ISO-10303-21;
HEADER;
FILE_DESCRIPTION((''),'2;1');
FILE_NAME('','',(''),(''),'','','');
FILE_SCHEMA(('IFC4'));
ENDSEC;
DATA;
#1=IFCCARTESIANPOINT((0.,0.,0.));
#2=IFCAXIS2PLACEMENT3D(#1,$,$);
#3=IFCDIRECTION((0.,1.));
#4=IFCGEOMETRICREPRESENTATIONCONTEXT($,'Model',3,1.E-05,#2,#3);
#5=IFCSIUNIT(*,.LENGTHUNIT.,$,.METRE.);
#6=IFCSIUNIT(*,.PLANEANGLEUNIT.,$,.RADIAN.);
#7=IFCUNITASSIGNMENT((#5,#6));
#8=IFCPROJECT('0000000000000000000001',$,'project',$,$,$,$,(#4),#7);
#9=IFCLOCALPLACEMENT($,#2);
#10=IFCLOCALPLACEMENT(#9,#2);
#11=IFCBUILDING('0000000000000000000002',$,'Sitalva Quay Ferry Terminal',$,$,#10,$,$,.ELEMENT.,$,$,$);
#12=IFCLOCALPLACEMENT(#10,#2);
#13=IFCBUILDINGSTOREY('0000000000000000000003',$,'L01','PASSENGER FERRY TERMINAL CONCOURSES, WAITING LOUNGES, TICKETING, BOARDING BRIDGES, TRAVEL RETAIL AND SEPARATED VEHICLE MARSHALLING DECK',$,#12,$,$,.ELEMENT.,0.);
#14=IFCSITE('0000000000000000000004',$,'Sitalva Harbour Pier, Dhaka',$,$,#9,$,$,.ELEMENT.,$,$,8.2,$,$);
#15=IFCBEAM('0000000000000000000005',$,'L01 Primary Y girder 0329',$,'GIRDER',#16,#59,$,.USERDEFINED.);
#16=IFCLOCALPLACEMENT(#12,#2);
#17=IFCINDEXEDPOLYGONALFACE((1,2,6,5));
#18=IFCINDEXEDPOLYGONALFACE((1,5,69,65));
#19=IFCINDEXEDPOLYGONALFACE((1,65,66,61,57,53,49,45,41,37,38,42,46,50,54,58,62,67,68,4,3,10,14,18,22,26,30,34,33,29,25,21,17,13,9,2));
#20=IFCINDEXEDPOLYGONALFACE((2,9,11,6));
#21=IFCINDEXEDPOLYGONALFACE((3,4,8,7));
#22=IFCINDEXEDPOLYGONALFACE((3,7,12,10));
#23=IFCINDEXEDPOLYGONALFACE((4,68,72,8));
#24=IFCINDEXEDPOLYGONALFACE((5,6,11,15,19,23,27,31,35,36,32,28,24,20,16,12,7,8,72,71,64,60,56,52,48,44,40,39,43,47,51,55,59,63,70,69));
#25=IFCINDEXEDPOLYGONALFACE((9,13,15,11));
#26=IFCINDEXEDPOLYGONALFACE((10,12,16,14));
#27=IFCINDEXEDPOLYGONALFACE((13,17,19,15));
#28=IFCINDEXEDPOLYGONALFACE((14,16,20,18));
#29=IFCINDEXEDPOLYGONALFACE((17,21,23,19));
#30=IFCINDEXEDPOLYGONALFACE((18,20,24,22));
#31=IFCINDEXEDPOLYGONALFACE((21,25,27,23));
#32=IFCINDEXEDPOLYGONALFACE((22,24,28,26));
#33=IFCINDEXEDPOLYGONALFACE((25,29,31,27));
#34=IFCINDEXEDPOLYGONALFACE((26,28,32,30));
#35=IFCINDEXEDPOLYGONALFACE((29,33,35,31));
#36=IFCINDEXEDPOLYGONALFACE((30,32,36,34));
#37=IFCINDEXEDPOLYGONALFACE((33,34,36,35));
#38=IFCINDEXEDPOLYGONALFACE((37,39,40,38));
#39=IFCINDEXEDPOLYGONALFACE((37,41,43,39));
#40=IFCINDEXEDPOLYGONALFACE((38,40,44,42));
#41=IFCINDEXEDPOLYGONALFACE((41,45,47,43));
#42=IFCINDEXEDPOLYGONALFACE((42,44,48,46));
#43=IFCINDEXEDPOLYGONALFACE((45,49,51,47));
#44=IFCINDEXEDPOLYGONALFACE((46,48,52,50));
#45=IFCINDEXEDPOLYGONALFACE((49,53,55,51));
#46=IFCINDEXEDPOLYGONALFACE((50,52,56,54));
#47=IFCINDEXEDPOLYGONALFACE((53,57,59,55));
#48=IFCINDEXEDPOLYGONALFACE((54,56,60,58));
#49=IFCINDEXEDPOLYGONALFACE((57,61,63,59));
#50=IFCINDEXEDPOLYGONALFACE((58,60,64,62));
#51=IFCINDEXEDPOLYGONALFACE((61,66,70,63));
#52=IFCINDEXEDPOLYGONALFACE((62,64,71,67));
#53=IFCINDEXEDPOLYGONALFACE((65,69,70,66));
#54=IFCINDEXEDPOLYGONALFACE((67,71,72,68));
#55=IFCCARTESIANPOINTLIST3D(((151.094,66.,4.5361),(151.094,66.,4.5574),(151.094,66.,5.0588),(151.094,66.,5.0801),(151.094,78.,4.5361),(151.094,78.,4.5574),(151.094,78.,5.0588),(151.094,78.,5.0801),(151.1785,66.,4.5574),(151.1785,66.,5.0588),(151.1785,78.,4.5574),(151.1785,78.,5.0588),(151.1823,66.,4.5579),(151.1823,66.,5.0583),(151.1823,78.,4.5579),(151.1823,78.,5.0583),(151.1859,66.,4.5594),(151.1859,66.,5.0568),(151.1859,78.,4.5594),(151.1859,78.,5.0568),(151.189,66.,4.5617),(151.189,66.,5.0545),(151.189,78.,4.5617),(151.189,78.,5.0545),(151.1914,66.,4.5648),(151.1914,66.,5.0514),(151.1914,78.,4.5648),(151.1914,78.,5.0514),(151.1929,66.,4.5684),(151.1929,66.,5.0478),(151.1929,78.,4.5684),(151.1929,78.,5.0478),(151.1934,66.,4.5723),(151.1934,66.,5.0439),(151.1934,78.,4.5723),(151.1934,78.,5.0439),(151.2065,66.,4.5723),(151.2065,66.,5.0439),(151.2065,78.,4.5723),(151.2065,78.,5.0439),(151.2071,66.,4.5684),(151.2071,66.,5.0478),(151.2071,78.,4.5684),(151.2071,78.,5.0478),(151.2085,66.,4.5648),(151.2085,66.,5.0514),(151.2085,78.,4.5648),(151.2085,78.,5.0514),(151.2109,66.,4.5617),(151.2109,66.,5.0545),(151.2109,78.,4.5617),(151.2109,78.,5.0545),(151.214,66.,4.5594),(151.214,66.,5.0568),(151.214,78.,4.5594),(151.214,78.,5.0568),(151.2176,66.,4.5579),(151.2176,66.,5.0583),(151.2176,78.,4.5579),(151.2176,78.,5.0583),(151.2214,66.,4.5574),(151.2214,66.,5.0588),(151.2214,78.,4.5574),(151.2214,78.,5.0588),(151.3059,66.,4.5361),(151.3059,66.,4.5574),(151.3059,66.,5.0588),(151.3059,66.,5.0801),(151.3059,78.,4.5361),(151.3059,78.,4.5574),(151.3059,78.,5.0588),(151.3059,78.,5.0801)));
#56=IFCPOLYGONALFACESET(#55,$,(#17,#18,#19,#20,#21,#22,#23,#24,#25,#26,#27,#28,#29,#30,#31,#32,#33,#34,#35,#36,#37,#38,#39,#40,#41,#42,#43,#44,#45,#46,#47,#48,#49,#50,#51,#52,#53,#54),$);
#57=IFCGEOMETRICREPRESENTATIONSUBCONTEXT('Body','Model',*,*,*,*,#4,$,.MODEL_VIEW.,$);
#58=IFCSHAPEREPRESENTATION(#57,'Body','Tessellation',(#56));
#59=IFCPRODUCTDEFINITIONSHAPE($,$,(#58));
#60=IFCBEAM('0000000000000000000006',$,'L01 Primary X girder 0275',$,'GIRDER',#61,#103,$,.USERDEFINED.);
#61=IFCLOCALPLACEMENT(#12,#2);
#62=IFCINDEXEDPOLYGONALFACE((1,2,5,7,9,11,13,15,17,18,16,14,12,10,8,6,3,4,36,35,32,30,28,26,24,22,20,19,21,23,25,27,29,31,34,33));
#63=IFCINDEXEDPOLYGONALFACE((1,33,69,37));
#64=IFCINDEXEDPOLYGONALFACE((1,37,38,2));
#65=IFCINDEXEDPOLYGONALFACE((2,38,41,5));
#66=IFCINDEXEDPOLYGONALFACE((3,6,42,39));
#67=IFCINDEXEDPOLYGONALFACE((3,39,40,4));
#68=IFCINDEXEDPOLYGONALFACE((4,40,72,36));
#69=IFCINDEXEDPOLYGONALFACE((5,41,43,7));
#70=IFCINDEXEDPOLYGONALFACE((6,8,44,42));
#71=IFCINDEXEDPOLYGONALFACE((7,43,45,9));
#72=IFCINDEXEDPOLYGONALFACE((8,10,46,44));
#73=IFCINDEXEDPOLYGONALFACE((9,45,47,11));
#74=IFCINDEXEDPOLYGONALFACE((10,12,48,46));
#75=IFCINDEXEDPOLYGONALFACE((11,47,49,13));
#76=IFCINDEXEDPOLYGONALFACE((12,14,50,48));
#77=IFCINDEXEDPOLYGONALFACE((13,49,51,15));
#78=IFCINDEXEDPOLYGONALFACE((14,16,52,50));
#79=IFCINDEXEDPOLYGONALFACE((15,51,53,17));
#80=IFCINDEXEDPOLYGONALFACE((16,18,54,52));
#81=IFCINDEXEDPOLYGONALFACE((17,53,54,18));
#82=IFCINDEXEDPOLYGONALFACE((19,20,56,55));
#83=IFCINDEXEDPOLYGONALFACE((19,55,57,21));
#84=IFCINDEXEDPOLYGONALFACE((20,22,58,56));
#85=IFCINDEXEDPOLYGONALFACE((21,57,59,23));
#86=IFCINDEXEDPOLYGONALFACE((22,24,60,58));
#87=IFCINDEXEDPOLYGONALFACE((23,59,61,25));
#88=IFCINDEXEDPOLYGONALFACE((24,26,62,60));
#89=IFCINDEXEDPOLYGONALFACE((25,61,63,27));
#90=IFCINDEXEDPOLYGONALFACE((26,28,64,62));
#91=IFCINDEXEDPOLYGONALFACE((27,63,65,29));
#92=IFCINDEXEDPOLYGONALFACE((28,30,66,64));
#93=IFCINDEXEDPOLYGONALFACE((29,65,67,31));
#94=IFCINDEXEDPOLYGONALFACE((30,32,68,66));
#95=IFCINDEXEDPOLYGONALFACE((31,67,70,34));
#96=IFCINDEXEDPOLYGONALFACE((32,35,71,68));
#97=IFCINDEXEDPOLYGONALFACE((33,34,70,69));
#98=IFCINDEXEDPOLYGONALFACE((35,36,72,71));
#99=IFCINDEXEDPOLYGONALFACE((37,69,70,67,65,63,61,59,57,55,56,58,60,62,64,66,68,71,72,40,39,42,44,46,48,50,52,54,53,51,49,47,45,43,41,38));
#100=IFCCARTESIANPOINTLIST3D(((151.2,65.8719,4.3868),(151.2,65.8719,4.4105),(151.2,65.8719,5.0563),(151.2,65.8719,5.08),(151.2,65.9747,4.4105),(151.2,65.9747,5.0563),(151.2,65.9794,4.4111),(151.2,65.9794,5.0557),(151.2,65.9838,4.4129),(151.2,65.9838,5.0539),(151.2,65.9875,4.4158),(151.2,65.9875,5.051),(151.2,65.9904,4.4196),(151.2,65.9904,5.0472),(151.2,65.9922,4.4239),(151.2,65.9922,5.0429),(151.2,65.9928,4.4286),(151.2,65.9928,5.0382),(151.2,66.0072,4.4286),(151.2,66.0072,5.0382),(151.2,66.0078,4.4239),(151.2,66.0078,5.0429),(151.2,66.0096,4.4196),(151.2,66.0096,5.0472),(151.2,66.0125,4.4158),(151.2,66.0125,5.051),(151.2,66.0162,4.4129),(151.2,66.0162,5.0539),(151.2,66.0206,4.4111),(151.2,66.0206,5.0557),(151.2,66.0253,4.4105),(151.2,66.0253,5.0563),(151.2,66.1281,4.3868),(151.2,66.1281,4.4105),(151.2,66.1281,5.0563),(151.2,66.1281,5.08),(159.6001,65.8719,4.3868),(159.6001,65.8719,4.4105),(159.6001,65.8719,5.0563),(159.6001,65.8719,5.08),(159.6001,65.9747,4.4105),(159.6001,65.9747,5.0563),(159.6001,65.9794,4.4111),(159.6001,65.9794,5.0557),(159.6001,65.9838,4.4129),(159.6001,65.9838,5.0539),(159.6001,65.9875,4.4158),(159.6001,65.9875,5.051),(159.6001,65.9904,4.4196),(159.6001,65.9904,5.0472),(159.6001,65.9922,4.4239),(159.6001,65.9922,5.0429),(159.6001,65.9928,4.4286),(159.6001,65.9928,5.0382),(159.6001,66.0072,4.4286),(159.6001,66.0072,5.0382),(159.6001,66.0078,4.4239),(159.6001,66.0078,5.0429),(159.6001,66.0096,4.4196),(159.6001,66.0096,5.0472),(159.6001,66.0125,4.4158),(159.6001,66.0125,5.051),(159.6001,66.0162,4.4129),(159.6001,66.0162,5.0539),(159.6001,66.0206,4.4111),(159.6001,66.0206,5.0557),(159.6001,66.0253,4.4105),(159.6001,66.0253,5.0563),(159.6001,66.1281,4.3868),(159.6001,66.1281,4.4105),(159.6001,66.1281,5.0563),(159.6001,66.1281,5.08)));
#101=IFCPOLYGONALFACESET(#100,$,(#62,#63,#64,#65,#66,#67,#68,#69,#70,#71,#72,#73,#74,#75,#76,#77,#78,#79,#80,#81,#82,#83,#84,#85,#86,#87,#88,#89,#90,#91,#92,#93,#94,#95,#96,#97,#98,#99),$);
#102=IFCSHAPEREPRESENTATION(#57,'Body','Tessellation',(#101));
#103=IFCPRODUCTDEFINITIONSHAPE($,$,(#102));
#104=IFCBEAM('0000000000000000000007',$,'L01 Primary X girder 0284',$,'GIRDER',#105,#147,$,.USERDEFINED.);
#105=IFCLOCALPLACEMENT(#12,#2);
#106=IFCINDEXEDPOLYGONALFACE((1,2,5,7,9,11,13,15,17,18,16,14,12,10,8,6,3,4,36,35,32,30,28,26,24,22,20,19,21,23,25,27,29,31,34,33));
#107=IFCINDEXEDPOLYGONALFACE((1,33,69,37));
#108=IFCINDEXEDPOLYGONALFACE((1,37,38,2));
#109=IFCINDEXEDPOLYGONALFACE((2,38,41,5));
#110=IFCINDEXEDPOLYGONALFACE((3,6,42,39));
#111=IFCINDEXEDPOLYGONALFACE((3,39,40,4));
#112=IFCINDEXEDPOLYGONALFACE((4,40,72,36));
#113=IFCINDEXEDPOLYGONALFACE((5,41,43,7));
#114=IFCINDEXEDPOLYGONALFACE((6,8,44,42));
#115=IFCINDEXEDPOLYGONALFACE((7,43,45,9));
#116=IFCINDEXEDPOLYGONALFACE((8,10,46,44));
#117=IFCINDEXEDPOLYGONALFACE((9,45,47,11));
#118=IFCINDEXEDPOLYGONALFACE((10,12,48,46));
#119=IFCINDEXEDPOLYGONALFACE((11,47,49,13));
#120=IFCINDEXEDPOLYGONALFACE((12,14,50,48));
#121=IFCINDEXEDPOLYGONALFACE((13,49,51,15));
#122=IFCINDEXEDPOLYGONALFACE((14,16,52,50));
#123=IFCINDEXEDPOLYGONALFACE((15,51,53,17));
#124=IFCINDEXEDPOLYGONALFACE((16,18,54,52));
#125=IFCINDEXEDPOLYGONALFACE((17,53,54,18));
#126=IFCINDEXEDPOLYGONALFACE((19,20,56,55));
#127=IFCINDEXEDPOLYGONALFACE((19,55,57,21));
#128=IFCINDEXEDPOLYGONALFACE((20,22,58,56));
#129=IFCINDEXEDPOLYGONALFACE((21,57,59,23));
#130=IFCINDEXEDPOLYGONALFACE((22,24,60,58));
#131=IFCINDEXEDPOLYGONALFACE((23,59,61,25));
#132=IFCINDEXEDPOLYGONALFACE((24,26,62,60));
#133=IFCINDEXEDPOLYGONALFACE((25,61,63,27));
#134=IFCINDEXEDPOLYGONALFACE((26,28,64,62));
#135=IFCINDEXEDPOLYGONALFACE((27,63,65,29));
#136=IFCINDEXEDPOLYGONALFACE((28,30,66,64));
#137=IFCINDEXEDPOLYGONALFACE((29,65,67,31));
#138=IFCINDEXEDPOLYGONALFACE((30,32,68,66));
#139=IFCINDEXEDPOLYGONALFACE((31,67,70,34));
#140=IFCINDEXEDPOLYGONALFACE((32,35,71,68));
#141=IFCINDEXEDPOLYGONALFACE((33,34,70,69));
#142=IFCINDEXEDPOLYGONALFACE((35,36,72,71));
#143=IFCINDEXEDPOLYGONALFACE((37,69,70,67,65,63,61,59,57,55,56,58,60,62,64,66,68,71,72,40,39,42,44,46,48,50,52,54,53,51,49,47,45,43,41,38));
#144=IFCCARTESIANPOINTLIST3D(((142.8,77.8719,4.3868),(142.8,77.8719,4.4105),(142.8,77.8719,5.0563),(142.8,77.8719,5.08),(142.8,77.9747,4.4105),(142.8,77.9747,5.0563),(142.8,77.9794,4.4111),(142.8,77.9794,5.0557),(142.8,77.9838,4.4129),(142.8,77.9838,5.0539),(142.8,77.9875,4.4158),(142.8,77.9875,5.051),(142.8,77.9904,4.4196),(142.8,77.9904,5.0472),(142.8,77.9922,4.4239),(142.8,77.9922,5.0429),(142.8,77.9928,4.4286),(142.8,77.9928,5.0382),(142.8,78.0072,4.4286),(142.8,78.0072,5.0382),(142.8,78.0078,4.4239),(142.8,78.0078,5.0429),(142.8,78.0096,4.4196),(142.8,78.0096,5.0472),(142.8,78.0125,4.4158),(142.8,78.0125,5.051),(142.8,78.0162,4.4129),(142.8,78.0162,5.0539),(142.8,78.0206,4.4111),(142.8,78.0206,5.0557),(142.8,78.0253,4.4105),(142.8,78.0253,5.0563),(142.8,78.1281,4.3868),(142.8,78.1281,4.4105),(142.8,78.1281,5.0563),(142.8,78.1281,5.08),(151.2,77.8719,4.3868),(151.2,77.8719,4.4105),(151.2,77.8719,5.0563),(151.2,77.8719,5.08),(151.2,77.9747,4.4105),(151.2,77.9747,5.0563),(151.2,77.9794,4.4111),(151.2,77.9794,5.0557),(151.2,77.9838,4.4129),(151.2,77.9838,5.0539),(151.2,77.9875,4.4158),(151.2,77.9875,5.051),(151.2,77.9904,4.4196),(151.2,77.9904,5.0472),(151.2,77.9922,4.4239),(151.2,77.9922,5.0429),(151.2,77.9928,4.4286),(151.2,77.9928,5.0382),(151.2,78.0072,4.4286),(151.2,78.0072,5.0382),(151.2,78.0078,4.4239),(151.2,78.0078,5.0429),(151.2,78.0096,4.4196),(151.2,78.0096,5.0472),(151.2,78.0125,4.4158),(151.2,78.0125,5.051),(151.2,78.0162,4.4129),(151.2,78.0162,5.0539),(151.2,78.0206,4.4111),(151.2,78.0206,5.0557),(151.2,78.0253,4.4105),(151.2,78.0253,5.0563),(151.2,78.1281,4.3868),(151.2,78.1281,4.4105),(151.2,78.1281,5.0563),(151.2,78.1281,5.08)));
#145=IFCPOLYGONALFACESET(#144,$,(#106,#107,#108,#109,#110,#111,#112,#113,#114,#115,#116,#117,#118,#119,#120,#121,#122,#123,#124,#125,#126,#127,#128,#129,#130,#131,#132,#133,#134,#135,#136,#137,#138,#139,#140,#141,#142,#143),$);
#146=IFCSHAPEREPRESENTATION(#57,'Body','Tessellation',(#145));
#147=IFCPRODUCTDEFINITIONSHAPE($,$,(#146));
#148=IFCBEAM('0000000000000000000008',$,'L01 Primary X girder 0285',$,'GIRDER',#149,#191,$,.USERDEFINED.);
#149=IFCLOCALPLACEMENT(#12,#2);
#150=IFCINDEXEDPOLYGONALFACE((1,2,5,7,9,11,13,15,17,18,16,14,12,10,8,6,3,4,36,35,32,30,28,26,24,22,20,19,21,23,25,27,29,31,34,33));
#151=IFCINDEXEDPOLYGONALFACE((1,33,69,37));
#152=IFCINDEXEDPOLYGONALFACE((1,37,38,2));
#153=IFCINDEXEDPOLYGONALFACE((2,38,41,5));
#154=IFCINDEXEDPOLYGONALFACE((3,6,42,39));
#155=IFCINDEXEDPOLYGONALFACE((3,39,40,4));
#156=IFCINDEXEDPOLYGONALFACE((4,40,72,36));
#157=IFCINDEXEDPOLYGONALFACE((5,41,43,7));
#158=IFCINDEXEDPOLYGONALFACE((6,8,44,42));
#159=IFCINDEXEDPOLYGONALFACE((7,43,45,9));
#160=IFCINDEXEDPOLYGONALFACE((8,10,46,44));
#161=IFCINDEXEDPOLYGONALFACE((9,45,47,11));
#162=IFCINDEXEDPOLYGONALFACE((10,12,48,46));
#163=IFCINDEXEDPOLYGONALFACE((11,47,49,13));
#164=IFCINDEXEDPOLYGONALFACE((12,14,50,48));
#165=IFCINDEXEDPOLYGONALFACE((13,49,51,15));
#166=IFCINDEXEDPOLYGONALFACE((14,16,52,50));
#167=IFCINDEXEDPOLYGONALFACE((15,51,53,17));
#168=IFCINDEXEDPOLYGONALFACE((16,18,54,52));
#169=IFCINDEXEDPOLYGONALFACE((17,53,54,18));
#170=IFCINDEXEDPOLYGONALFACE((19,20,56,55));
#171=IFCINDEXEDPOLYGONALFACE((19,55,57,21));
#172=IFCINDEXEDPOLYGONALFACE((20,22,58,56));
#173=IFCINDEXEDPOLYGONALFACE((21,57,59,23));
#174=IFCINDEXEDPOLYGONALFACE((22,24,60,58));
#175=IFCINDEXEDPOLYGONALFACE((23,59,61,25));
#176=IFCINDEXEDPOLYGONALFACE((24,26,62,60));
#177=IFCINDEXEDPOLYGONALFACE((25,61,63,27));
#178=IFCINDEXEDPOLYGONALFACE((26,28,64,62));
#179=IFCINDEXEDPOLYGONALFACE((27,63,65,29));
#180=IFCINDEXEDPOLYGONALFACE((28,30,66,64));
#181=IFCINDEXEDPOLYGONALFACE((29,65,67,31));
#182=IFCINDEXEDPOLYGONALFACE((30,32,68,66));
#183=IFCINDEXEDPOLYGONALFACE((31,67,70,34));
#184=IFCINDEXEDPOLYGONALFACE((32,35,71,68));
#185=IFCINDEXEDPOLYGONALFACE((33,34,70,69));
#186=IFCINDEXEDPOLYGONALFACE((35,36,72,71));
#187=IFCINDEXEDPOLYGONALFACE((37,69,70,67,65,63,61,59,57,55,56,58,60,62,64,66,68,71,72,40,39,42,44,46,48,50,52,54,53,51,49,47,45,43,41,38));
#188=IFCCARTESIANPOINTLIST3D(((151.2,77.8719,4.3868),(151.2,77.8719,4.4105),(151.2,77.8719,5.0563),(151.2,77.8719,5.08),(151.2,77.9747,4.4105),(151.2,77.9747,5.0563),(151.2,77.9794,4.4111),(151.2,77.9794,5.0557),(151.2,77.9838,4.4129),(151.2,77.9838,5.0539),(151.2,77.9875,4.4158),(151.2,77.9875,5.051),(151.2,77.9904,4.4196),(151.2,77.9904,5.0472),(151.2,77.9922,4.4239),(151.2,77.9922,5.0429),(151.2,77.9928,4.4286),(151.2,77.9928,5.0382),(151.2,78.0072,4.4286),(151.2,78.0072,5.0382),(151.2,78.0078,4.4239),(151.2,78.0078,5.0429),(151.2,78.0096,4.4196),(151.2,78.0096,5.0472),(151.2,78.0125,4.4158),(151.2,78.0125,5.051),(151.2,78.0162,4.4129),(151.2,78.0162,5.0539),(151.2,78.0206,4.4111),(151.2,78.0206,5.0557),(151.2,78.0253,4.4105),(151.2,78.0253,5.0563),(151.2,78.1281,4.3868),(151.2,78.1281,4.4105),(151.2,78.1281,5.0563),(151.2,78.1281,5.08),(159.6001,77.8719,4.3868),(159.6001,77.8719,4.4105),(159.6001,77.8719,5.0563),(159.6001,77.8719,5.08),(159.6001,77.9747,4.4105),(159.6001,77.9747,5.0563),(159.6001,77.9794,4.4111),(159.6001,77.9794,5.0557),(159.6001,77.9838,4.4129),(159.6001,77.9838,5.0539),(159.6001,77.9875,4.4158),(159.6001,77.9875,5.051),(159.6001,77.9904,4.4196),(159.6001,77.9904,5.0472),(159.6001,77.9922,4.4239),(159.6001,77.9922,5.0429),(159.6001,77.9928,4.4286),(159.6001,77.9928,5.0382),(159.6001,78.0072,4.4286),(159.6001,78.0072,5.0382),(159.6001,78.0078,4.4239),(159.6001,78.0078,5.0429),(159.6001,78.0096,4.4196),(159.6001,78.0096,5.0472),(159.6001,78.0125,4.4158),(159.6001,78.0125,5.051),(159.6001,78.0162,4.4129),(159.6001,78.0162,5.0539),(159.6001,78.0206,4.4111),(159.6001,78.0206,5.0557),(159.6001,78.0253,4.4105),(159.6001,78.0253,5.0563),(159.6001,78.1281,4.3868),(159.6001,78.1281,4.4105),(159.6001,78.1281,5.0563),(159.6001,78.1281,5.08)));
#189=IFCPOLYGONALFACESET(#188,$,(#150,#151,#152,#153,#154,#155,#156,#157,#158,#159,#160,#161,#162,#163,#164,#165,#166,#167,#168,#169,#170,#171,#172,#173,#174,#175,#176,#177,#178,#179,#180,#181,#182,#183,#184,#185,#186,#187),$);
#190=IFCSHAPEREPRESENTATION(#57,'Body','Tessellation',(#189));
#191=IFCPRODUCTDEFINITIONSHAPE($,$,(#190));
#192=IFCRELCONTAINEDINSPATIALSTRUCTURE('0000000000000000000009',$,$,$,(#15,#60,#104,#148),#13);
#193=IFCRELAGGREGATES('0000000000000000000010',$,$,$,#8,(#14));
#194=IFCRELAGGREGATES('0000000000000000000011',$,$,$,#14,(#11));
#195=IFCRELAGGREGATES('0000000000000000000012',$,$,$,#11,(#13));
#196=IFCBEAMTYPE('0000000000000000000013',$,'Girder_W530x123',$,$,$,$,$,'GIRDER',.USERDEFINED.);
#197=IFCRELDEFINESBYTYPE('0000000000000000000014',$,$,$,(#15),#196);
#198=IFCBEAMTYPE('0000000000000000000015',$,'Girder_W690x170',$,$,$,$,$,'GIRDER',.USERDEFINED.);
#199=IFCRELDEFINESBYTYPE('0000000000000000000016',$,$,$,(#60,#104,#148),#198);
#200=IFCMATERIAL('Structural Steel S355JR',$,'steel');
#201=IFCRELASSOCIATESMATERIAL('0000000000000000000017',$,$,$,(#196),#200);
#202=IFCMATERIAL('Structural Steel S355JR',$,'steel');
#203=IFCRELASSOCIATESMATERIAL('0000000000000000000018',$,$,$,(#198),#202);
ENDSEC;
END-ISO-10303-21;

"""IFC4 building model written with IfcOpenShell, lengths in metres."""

from ifc_helpers import new_model, si_unit, direction, frame, origin, origin_2d, place, context, subcontext, project, spatial, i_section, extrude, material, material_profile, profile_set, type_object, element, save


model = new_model("IFC4")

# Units and contexts
model_context = context("Model", 3, precision=1e-05, world=origin(), true_north=direction((0.0, 1.0)))
body_context = subcontext(model_context, "Body", "Model", "MODEL_VIEW")
ifc_project = project(units=[si_unit("LENGTHUNIT", "METRE"), si_unit("PLANEANGLEUNIT", "RADIAN")], contexts=[model_context])

# Site, building, storey
site_placement = place(None, origin())
site = spatial("IfcSite", under=ifc_project, at=site_placement, Name="Sitalva Harbour Pier, Dhaka", CompositionType="ELEMENT", RefElevation=8.2)
building_placement = place(site_placement, origin())
building = spatial("IfcBuilding", under=site, at=building_placement, Name="Sitalva Quay Ferry Terminal", CompositionType="ELEMENT")
storey_placement = place(building_placement, origin())
storey = spatial("IfcBuildingStorey", under=building, at=storey_placement, Name="L01", Description="PASSENGER FERRY TERMINAL CONCOURSES, WAITING LOUNGES, TICKETING, BOARDING BRIDGES, TRAVEL RETAIL AND SEPARATED VEHICLE MARSHALLING DECK", CompositionType="ELEMENT", Elevation=0.0)

# Beams
ifc_material_1 = material(Name="Structural Steel S355JR", Category="steel")
ifc_material_profile_1 = material_profile(ifc_material_1, i_section(OverallWidth=0.2119, OverallDepth=0.5439, WebThickness=0.0132, FlangeThickness=0.0212, FilletRadius=0.0149, at=origin_2d()), Name="W530x123")
ifc_profile_set_1 = profile_set([ifc_material_profile_1], Name="Structural Steel S355JR")
beam_type_1 = type_object("IfcBeamType", Name="Girder_W530x123", ElementType="GIRDER", PredefinedType="USERDEFINED", material=ifc_profile_set_1)
beam_1_placement = place(storey_placement, frame((151.2, 66.0, 4.8081), z_axis=(0.0, 1.0, 0.0), x_axis=(-1.0, 0.0, 0.0)))
element("IfcBeam", 1, at=beam_1_placement, inside=storey, type_object=beam_type_1, Name="L01 Primary Y girder 0329", ObjectType="GIRDER", PredefinedType="USERDEFINED", context=body_context, shape_type="SweptSolid", body=[
    extrude(i_section(OverallWidth=0.2119, OverallDepth=0.5439, WebThickness=0.0132, FlangeThickness=0.0212, FilletRadius=0.0149, at=origin_2d()), origin(), (0.0, 0.0, 1.0), 12.0),
])
ifc_material_2 = material(Name="Structural Steel S355JR", Category="steel")
ifc_material_profile_2 = material_profile(ifc_material_2, i_section(OverallWidth=0.2561, OverallDepth=0.6931, WebThickness=0.0144, FlangeThickness=0.0237, FilletRadius=0.0181, at=origin_2d()), Name="W690x170")
ifc_profile_set_2 = profile_set([ifc_material_profile_2], Name="Structural Steel S355JR")
beam_type_2 = type_object("IfcBeamType", Name="Girder_W690x170", ElementType="GIRDER", PredefinedType="USERDEFINED", material=ifc_profile_set_2)
beam_2_placement = place(storey_placement, frame((151.2, 66.0, 4.7334), z_axis=(1.0, 0.0, 0.0), x_axis=(0.0, 1.0, 0.0)))
element("IfcBeam", 2, at=beam_2_placement, inside=storey, type_object=beam_type_2, Name="L01 Primary X girder 0275", ObjectType="GIRDER", PredefinedType="USERDEFINED", context=body_context, shape_type="SweptSolid", body=[
    extrude(i_section(OverallWidth=0.2561, OverallDepth=0.6931, WebThickness=0.0144, FlangeThickness=0.0237, FilletRadius=0.0181, at=origin_2d()), origin(), (0.0, 0.0, 1.0), 8.4001),
])
beam_3_placement = place(storey_placement, frame((142.8, 78.0, 4.7334), z_axis=(1.0, 0.0, 0.0), x_axis=(0.0, 1.0, 0.0)))
element("IfcBeam", 3, at=beam_3_placement, inside=storey, type_object=beam_type_2, Name="L01 Primary X girder 0284", ObjectType="GIRDER", PredefinedType="USERDEFINED", context=body_context, shape_type="SweptSolid", body=[
    extrude(i_section(OverallWidth=0.2561, OverallDepth=0.6931, WebThickness=0.0144, FlangeThickness=0.0237, FilletRadius=0.0181, at=origin_2d()), origin(), (0.0, 0.0, 1.0), 8.3999),
])
beam_4_placement = place(storey_placement, frame((151.2, 78.0, 4.7334), z_axis=(1.0, 0.0, 0.0), x_axis=(0.0, 1.0, 0.0)))
element("IfcBeam", 4, at=beam_4_placement, inside=storey, type_object=beam_type_2, Name="L01 Primary X girder 0285", ObjectType="GIRDER", PredefinedType="USERDEFINED", context=body_context, shape_type="SweptSolid", body=[
    extrude(i_section(OverallWidth=0.2561, OverallDepth=0.6931, WebThickness=0.0144, FlangeThickness=0.0237, FilletRadius=0.0181, at=origin_2d()), origin(), (0.0, 0.0, 1.0), 8.4001),
])

save(model, "model.ifc")
